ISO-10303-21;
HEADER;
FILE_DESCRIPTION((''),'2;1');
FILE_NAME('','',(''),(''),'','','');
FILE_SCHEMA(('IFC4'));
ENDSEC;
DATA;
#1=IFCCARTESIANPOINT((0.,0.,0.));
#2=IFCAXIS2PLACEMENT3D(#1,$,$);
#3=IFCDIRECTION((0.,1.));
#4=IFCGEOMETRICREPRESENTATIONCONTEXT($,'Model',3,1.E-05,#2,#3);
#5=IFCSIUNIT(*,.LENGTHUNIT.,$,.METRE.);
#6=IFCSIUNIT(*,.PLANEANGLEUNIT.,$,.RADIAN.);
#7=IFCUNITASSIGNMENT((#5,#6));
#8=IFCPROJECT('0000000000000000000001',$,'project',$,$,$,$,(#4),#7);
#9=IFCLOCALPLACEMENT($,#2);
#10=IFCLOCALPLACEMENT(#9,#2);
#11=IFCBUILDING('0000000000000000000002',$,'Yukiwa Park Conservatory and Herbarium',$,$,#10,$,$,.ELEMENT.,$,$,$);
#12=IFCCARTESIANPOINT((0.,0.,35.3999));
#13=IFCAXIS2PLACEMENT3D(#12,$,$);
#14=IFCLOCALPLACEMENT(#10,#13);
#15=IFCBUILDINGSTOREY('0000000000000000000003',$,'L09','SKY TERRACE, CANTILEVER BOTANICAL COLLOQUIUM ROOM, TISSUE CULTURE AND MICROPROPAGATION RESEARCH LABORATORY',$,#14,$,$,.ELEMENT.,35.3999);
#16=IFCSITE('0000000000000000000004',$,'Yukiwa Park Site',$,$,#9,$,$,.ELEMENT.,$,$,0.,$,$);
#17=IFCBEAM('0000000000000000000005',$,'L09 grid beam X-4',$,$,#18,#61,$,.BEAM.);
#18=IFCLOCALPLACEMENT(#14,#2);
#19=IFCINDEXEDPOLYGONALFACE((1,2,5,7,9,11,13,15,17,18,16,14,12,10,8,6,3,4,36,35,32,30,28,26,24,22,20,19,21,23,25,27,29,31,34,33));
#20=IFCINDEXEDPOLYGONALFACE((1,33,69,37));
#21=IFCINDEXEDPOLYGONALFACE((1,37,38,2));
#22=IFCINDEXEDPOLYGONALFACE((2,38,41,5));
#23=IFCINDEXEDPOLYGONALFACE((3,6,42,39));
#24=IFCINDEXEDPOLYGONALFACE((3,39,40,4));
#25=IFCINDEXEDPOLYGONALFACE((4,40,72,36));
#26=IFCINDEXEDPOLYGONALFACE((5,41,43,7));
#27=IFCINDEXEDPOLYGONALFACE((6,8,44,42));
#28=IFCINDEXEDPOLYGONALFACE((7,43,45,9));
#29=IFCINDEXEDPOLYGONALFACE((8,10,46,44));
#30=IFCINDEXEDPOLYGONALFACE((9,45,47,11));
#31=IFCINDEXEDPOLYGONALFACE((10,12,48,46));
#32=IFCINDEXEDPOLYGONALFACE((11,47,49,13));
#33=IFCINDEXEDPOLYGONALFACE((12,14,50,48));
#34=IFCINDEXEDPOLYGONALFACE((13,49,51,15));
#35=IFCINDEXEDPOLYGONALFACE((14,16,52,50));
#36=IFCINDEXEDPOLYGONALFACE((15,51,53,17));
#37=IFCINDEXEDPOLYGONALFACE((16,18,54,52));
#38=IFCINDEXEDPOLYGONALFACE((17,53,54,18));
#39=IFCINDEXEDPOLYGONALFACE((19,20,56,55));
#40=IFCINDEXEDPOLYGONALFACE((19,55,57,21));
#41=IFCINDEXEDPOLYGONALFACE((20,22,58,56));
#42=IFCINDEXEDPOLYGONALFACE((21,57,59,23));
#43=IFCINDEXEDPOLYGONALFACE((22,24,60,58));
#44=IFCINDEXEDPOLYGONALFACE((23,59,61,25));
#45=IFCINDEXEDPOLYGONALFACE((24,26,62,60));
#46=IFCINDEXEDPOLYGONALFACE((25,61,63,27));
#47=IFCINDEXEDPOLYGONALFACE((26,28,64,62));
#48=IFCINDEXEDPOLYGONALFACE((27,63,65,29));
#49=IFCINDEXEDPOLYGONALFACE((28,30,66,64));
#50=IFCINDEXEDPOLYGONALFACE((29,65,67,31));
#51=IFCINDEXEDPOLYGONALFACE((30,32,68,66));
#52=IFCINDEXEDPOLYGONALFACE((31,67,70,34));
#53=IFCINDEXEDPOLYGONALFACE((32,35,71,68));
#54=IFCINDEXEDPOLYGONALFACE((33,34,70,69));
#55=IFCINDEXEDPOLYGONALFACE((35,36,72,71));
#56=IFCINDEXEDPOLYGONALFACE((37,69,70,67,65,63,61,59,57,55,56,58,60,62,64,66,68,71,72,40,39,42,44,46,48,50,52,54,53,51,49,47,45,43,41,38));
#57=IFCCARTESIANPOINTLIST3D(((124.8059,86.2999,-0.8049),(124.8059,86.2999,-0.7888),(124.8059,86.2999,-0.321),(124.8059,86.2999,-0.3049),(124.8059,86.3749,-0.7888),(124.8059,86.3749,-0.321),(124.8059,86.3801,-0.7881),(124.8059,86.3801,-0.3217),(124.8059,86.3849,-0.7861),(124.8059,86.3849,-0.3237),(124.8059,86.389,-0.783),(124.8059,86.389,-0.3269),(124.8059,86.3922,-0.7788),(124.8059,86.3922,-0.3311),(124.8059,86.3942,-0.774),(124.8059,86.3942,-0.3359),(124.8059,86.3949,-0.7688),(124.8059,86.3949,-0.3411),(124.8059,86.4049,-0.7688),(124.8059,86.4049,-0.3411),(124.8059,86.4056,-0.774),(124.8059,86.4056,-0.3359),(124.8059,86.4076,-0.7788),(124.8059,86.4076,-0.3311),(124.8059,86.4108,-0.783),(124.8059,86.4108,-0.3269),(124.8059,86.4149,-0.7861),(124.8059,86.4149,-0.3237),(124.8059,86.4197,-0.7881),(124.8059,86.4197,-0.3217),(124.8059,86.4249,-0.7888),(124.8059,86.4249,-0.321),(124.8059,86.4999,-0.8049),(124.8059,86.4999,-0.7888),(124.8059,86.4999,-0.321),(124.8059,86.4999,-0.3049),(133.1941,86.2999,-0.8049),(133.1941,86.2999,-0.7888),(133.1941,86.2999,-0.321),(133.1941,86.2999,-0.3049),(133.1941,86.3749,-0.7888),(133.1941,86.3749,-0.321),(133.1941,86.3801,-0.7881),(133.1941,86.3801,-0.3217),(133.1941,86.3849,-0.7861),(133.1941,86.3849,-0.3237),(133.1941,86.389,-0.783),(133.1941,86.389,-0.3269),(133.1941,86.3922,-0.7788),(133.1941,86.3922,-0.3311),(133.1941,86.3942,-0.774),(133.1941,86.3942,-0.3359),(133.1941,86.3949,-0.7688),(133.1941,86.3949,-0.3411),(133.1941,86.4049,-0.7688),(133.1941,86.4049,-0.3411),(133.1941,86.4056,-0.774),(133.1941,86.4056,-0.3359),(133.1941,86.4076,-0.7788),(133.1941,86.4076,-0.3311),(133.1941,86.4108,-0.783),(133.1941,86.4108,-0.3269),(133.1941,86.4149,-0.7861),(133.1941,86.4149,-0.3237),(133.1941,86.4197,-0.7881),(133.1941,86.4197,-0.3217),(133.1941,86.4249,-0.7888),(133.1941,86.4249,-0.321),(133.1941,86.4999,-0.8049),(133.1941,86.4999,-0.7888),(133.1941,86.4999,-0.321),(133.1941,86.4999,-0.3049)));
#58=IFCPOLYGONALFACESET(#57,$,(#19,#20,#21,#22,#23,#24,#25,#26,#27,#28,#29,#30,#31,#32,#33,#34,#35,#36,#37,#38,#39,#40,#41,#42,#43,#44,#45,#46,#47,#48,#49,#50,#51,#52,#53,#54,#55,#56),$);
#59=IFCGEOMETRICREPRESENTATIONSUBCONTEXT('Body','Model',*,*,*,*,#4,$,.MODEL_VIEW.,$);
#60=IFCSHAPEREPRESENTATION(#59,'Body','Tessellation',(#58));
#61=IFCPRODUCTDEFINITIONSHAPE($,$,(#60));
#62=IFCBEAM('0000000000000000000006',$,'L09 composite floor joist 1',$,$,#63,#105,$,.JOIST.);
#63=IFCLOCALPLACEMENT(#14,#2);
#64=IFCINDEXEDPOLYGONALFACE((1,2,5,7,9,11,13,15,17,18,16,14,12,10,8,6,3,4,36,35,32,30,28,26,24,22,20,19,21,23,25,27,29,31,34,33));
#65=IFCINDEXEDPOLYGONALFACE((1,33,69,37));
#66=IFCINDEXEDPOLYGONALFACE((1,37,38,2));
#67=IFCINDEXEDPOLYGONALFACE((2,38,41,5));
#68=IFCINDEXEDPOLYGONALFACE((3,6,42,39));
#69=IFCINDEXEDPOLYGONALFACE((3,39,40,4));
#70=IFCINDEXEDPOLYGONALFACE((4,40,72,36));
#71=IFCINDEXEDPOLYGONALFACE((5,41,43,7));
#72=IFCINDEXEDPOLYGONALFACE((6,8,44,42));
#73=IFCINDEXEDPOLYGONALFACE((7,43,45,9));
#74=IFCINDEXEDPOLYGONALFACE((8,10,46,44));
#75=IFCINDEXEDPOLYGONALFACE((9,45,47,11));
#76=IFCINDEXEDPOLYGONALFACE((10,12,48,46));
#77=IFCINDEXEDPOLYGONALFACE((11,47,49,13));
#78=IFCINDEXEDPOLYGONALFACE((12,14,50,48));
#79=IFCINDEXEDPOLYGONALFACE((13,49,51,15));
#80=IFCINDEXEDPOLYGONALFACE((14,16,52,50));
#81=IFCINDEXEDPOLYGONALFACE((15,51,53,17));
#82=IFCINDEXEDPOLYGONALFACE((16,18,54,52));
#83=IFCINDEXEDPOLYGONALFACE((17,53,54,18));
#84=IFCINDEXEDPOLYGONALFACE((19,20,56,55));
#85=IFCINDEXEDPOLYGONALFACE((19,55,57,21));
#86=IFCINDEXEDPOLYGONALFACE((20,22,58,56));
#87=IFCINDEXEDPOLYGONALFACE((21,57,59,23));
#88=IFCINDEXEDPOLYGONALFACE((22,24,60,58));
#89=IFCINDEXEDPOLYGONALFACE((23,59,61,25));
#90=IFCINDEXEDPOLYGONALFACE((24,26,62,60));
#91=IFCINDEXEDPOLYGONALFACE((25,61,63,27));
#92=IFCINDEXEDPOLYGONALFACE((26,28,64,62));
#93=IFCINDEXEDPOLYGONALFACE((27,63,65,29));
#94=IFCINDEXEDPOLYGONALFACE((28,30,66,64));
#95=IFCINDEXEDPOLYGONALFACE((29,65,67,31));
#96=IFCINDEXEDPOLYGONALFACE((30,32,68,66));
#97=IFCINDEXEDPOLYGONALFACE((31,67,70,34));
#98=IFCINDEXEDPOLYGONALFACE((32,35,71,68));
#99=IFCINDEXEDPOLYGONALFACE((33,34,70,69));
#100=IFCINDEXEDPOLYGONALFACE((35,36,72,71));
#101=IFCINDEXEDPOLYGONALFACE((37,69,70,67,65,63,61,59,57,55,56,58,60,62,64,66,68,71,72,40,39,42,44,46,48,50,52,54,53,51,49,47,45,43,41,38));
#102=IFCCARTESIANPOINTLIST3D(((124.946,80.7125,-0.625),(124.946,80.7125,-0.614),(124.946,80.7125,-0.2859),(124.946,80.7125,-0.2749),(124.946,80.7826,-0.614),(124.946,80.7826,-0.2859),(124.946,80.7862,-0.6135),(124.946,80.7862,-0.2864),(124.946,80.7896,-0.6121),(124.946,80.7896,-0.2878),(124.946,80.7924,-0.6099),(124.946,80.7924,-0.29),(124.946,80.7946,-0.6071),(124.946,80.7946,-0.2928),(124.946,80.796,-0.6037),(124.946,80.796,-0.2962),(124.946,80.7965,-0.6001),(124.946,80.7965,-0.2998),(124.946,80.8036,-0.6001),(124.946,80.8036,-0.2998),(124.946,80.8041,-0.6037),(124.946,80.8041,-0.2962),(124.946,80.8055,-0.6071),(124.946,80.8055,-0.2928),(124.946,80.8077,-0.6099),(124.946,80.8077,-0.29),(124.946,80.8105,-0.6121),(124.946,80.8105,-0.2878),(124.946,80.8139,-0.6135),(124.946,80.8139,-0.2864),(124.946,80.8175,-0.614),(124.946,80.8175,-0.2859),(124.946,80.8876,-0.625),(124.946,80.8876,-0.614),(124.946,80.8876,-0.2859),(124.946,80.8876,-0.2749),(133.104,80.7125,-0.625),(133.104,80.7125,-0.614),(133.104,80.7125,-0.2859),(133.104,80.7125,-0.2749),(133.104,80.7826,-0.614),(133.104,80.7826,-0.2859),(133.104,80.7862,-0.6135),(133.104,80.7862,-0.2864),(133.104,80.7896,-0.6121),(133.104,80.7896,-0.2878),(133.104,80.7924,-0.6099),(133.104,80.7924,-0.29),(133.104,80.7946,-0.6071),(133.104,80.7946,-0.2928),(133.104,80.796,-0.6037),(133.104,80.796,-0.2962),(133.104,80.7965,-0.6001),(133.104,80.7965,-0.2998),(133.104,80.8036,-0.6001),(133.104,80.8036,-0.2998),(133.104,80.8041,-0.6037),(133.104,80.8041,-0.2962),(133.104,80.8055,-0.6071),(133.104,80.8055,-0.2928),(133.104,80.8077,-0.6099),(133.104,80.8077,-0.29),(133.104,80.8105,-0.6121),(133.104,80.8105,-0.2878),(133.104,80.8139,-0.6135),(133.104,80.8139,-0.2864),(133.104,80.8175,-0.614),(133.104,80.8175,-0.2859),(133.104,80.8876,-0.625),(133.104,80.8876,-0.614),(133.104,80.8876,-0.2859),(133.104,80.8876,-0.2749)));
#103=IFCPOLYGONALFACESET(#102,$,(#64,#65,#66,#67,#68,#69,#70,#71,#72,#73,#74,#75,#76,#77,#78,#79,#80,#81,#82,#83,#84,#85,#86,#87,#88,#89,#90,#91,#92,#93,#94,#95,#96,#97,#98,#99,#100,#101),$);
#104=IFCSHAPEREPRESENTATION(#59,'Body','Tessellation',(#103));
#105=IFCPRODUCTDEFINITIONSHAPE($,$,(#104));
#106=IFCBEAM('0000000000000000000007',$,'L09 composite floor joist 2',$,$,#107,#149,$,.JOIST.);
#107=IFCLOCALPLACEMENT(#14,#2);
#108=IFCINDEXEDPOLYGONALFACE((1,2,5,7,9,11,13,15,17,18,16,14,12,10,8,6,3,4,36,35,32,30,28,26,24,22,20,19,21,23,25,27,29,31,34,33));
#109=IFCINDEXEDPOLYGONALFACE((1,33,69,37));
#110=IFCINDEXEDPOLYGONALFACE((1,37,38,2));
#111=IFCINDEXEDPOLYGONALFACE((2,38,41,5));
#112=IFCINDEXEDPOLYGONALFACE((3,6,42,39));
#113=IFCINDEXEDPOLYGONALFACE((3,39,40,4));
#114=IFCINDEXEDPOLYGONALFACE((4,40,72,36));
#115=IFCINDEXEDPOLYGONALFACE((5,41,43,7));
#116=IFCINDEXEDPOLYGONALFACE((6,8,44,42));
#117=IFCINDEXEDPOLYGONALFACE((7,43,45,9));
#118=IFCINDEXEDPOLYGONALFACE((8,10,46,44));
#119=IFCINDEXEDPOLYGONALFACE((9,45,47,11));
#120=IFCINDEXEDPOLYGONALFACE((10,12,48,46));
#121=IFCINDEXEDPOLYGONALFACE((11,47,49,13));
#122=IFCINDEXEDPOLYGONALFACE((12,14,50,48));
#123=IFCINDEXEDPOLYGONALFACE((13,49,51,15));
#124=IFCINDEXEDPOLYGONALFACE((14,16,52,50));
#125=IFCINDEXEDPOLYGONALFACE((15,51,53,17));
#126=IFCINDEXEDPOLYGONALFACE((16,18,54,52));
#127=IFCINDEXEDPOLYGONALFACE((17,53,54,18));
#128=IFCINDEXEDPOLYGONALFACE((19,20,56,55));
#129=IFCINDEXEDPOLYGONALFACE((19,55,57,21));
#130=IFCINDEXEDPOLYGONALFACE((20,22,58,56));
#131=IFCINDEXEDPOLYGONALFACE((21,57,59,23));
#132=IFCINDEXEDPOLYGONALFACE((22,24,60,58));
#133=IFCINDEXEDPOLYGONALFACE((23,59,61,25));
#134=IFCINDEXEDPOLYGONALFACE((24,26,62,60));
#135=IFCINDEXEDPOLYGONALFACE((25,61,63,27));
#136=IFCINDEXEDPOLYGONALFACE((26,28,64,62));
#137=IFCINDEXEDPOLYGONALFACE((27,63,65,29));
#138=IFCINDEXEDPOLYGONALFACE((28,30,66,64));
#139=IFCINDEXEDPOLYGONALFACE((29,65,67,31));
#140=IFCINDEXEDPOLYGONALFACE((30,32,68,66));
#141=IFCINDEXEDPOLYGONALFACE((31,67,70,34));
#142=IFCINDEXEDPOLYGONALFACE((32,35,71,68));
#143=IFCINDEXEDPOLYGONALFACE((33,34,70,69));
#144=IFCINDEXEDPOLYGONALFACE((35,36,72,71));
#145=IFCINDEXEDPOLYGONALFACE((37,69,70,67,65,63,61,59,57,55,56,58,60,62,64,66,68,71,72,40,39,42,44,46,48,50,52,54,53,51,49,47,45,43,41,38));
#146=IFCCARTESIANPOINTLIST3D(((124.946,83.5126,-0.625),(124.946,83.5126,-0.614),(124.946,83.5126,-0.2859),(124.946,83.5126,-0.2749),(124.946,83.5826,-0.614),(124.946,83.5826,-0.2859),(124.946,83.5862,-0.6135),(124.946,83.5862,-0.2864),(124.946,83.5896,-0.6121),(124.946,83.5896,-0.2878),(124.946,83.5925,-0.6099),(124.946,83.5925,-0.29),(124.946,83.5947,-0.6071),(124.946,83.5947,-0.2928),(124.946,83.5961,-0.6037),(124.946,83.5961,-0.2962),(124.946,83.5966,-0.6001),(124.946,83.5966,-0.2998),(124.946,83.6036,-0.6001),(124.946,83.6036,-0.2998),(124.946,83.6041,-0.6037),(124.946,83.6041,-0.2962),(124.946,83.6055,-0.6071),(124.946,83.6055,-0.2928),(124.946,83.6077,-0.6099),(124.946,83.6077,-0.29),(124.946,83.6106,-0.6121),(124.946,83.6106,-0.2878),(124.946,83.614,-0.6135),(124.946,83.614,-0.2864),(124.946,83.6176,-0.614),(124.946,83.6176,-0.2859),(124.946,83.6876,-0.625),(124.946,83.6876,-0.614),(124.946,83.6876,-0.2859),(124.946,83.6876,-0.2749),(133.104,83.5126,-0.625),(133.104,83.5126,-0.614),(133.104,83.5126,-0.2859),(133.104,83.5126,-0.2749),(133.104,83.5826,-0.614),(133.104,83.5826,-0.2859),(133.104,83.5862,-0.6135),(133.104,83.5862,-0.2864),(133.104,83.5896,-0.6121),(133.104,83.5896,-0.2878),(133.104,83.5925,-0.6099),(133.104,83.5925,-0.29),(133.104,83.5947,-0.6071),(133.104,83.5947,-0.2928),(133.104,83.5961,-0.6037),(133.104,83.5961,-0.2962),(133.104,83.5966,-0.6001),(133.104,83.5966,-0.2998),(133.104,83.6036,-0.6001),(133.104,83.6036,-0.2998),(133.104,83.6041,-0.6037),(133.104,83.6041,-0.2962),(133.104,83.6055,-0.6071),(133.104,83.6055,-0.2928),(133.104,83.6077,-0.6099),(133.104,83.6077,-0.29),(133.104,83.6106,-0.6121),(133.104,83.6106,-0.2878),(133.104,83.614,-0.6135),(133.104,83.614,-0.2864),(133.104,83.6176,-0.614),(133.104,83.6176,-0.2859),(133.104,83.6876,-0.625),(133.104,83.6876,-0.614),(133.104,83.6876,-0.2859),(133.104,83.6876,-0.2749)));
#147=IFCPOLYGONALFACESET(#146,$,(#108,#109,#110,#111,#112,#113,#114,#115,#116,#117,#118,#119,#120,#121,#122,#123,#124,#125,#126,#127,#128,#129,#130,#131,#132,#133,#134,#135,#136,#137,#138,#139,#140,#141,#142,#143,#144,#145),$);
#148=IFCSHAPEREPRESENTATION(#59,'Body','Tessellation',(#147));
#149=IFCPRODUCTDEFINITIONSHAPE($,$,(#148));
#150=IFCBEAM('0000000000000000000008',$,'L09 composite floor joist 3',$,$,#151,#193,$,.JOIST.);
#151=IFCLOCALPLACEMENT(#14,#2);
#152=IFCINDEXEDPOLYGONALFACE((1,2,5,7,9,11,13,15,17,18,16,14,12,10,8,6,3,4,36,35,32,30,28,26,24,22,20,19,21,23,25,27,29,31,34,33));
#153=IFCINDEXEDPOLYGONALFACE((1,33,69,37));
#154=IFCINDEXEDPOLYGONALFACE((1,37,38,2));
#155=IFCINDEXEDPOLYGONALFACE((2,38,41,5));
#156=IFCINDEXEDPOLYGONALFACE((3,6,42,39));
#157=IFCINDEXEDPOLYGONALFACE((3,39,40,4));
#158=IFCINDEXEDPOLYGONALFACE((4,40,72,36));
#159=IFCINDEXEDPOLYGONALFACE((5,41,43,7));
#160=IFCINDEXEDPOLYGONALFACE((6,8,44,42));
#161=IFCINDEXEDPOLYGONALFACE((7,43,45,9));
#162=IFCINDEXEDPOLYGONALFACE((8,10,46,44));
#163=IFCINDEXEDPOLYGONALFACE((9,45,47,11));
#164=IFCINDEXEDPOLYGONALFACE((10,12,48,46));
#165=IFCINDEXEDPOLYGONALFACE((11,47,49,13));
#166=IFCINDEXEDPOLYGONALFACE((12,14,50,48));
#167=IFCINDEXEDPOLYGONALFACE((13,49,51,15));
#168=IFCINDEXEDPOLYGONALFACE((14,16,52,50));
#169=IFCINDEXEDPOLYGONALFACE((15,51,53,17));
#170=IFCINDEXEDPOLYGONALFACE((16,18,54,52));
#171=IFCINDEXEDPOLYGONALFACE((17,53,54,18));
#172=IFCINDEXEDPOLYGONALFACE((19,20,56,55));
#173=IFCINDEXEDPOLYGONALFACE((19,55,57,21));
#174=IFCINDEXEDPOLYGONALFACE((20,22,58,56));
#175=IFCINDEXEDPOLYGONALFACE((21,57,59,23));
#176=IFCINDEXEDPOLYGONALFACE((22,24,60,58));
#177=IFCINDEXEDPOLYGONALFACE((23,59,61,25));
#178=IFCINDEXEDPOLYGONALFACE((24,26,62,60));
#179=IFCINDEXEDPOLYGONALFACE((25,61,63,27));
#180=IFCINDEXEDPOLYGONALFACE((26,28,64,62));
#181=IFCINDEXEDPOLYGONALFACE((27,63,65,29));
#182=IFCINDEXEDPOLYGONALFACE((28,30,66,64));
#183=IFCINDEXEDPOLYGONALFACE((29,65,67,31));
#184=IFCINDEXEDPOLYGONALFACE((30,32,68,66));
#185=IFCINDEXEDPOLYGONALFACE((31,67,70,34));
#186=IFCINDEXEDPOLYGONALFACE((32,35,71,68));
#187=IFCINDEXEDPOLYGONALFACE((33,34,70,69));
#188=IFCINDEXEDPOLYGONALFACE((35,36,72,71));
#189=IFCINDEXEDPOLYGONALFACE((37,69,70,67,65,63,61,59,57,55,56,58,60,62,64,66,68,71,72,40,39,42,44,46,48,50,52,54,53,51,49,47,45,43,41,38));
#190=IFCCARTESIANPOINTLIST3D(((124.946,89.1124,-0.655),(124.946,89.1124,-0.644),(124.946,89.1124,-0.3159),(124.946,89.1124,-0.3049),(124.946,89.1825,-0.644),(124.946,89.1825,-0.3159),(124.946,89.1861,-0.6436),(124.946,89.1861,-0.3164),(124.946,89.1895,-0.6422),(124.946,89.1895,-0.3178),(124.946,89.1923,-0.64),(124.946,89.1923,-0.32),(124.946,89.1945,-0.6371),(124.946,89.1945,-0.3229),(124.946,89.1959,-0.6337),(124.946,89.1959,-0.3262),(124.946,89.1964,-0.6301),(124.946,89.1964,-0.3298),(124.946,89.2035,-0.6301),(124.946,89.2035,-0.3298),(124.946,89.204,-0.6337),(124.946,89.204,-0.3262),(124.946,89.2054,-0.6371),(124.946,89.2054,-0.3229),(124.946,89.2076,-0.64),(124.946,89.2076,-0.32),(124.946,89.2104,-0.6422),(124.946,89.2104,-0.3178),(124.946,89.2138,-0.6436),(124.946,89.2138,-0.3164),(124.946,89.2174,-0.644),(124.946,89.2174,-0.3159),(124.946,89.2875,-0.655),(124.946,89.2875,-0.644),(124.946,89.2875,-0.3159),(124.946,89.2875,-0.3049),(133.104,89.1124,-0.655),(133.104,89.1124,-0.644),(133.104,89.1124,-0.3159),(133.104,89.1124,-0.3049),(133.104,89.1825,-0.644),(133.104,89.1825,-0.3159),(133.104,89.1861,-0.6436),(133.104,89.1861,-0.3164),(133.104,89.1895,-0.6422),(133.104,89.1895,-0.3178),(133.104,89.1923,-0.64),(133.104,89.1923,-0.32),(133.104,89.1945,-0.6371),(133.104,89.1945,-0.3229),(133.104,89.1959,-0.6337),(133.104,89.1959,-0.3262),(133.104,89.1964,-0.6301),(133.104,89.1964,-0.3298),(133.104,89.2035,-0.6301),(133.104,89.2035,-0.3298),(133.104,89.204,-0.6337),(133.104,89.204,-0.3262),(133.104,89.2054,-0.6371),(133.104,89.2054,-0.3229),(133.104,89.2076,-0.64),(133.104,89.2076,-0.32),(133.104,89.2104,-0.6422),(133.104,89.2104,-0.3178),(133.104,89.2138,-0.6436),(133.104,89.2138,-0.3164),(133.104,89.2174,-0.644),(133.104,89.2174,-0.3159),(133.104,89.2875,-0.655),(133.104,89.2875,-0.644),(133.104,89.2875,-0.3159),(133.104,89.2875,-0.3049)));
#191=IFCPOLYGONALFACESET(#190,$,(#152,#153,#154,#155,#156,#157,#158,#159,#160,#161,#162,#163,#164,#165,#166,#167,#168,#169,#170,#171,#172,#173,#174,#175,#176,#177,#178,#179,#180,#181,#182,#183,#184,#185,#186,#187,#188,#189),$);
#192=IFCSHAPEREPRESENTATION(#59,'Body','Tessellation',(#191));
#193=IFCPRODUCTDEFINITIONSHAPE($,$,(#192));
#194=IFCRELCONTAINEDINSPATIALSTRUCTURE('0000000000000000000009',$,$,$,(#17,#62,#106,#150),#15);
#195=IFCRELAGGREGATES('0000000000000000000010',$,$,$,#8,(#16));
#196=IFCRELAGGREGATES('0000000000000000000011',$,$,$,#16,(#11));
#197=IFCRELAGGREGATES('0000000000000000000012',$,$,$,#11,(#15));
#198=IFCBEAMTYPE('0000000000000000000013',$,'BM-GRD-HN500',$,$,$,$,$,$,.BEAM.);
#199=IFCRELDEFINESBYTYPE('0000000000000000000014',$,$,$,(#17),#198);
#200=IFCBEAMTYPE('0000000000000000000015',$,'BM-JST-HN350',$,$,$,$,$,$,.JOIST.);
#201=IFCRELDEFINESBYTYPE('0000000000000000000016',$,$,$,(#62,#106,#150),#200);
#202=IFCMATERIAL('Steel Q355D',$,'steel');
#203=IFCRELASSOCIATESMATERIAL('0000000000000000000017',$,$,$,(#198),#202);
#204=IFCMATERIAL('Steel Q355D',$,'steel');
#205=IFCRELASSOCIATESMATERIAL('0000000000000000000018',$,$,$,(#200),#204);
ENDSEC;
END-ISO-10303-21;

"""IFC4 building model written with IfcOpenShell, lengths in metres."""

from ifc_helpers import new_model, si_unit, direction, frame, origin, origin_2d, place, context, subcontext, project, spatial, i_section, extrude, material, material_profile, profile_set, type_object, element, save


model = new_model("IFC4")

# Units and contexts
model_context = context("Model", 3, precision=1e-05, world=origin(), true_north=direction((0.0, 1.0)))
body_context = subcontext(model_context, "Body", "Model", "MODEL_VIEW")
ifc_project = project(units=[si_unit("LENGTHUNIT", "METRE"), si_unit("PLANEANGLEUNIT", "RADIAN")], contexts=[model_context])

# Site, building, storey
site_placement = place(None, origin())
site = spatial("IfcSite", under=ifc_project, at=site_placement, Name="Yukiwa Park Site", CompositionType="ELEMENT", RefElevation=0.0)
building_placement = place(site_placement, origin())
building = spatial("IfcBuilding", under=site, at=building_placement, Name="Yukiwa Park Conservatory and Herbarium", CompositionType="ELEMENT")
storey_placement = place(building_placement, frame((0.0, 0.0, 35.3999)))
storey = spatial("IfcBuildingStorey", under=building, at=storey_placement, Name="L09", Description="SKY TERRACE, CANTILEVER BOTANICAL COLLOQUIUM ROOM, TISSUE CULTURE AND MICROPROPAGATION RESEARCH LABORATORY", CompositionType="ELEMENT", Elevation=35.3999)

# Beams
ifc_material_1 = material(Name="Steel Q355D", Category="steel")
ifc_material_profile_1 = material_profile(ifc_material_1, i_section(OverallWidth=0.2, OverallDepth=0.5, WebThickness=0.01, FlangeThickness=0.0161, FilletRadius=0.02, at=origin_2d()), Name="HN 500x200x10x16")
ifc_profile_set_1 = profile_set([ifc_material_profile_1], Name="Steel Q355D")
beam_type_1 = type_object("IfcBeamType", Name="BM-GRD-HN500", PredefinedType="BEAM", material=ifc_profile_set_1)
beam_1_placement = place(storey_placement, frame((124.8059, 86.3999, -0.5549), z_axis=(1.0, 0.0, 0.0), x_axis=(0.0, 1.0, 0.0)))
element("IfcBeam", 1, at=beam_1_placement, inside=storey, type_object=beam_type_1, Name="L09 grid beam X-4", PredefinedType="BEAM", context=body_context, shape_type="SweptSolid", body=[
    extrude(i_section(OverallWidth=0.2, OverallDepth=0.5, WebThickness=0.01, FlangeThickness=0.0161, FilletRadius=0.02, at=origin_2d()), origin(), (0.0, 0.0, 1.0), 8.3882),
])
ifc_material_2 = material(Name="Steel Q355D", Category="steel")
ifc_material_profile_2 = material_profile(ifc_material_2, i_section(OverallWidth=0.175, OverallDepth=0.3501, WebThickness=0.0071, FlangeThickness=0.011, FilletRadius=0.0139, at=origin_2d()), Name="HN 350x175x7x11")
ifc_profile_set_2 = profile_set([ifc_material_profile_2], Name="Steel Q355D")
beam_type_2 = type_object("IfcBeamType", Name="BM-JST-HN350", PredefinedType="JOIST", material=ifc_profile_set_2)
for number, where, z_axis, x_axis, name in (
    (2, (124.946, 80.8, -0.45), (1.0, 0.0, 0.0), (0.0, 1.0, 0.0), "L09 composite floor joist 1"),
    (3, (124.946, 83.6001, -0.45), (1.0, 0.0, 0.0), (0.0, 1.0, 0.0), "L09 composite floor joist 2"),
    (4, (124.946, 89.2, -0.48), (1.0, 0.0, 0.0), (0.0, 1.0, 0.0), "L09 composite floor joist 3"),
):
    element("IfcBeam", number, at=place(storey_placement, frame(where, z_axis=z_axis, x_axis=x_axis)), inside=storey, type_object=beam_type_2, Name=name, PredefinedType="JOIST", context=body_context, shape_type="SweptSolid", body=[
        extrude(i_section(OverallWidth=0.175, OverallDepth=0.3501, WebThickness=0.0071, FlangeThickness=0.011, FilletRadius=0.0139, at=origin_2d()), origin(), (0.0, 0.0, 1.0), 8.158),
    ])

save(model, "model.ifc")
